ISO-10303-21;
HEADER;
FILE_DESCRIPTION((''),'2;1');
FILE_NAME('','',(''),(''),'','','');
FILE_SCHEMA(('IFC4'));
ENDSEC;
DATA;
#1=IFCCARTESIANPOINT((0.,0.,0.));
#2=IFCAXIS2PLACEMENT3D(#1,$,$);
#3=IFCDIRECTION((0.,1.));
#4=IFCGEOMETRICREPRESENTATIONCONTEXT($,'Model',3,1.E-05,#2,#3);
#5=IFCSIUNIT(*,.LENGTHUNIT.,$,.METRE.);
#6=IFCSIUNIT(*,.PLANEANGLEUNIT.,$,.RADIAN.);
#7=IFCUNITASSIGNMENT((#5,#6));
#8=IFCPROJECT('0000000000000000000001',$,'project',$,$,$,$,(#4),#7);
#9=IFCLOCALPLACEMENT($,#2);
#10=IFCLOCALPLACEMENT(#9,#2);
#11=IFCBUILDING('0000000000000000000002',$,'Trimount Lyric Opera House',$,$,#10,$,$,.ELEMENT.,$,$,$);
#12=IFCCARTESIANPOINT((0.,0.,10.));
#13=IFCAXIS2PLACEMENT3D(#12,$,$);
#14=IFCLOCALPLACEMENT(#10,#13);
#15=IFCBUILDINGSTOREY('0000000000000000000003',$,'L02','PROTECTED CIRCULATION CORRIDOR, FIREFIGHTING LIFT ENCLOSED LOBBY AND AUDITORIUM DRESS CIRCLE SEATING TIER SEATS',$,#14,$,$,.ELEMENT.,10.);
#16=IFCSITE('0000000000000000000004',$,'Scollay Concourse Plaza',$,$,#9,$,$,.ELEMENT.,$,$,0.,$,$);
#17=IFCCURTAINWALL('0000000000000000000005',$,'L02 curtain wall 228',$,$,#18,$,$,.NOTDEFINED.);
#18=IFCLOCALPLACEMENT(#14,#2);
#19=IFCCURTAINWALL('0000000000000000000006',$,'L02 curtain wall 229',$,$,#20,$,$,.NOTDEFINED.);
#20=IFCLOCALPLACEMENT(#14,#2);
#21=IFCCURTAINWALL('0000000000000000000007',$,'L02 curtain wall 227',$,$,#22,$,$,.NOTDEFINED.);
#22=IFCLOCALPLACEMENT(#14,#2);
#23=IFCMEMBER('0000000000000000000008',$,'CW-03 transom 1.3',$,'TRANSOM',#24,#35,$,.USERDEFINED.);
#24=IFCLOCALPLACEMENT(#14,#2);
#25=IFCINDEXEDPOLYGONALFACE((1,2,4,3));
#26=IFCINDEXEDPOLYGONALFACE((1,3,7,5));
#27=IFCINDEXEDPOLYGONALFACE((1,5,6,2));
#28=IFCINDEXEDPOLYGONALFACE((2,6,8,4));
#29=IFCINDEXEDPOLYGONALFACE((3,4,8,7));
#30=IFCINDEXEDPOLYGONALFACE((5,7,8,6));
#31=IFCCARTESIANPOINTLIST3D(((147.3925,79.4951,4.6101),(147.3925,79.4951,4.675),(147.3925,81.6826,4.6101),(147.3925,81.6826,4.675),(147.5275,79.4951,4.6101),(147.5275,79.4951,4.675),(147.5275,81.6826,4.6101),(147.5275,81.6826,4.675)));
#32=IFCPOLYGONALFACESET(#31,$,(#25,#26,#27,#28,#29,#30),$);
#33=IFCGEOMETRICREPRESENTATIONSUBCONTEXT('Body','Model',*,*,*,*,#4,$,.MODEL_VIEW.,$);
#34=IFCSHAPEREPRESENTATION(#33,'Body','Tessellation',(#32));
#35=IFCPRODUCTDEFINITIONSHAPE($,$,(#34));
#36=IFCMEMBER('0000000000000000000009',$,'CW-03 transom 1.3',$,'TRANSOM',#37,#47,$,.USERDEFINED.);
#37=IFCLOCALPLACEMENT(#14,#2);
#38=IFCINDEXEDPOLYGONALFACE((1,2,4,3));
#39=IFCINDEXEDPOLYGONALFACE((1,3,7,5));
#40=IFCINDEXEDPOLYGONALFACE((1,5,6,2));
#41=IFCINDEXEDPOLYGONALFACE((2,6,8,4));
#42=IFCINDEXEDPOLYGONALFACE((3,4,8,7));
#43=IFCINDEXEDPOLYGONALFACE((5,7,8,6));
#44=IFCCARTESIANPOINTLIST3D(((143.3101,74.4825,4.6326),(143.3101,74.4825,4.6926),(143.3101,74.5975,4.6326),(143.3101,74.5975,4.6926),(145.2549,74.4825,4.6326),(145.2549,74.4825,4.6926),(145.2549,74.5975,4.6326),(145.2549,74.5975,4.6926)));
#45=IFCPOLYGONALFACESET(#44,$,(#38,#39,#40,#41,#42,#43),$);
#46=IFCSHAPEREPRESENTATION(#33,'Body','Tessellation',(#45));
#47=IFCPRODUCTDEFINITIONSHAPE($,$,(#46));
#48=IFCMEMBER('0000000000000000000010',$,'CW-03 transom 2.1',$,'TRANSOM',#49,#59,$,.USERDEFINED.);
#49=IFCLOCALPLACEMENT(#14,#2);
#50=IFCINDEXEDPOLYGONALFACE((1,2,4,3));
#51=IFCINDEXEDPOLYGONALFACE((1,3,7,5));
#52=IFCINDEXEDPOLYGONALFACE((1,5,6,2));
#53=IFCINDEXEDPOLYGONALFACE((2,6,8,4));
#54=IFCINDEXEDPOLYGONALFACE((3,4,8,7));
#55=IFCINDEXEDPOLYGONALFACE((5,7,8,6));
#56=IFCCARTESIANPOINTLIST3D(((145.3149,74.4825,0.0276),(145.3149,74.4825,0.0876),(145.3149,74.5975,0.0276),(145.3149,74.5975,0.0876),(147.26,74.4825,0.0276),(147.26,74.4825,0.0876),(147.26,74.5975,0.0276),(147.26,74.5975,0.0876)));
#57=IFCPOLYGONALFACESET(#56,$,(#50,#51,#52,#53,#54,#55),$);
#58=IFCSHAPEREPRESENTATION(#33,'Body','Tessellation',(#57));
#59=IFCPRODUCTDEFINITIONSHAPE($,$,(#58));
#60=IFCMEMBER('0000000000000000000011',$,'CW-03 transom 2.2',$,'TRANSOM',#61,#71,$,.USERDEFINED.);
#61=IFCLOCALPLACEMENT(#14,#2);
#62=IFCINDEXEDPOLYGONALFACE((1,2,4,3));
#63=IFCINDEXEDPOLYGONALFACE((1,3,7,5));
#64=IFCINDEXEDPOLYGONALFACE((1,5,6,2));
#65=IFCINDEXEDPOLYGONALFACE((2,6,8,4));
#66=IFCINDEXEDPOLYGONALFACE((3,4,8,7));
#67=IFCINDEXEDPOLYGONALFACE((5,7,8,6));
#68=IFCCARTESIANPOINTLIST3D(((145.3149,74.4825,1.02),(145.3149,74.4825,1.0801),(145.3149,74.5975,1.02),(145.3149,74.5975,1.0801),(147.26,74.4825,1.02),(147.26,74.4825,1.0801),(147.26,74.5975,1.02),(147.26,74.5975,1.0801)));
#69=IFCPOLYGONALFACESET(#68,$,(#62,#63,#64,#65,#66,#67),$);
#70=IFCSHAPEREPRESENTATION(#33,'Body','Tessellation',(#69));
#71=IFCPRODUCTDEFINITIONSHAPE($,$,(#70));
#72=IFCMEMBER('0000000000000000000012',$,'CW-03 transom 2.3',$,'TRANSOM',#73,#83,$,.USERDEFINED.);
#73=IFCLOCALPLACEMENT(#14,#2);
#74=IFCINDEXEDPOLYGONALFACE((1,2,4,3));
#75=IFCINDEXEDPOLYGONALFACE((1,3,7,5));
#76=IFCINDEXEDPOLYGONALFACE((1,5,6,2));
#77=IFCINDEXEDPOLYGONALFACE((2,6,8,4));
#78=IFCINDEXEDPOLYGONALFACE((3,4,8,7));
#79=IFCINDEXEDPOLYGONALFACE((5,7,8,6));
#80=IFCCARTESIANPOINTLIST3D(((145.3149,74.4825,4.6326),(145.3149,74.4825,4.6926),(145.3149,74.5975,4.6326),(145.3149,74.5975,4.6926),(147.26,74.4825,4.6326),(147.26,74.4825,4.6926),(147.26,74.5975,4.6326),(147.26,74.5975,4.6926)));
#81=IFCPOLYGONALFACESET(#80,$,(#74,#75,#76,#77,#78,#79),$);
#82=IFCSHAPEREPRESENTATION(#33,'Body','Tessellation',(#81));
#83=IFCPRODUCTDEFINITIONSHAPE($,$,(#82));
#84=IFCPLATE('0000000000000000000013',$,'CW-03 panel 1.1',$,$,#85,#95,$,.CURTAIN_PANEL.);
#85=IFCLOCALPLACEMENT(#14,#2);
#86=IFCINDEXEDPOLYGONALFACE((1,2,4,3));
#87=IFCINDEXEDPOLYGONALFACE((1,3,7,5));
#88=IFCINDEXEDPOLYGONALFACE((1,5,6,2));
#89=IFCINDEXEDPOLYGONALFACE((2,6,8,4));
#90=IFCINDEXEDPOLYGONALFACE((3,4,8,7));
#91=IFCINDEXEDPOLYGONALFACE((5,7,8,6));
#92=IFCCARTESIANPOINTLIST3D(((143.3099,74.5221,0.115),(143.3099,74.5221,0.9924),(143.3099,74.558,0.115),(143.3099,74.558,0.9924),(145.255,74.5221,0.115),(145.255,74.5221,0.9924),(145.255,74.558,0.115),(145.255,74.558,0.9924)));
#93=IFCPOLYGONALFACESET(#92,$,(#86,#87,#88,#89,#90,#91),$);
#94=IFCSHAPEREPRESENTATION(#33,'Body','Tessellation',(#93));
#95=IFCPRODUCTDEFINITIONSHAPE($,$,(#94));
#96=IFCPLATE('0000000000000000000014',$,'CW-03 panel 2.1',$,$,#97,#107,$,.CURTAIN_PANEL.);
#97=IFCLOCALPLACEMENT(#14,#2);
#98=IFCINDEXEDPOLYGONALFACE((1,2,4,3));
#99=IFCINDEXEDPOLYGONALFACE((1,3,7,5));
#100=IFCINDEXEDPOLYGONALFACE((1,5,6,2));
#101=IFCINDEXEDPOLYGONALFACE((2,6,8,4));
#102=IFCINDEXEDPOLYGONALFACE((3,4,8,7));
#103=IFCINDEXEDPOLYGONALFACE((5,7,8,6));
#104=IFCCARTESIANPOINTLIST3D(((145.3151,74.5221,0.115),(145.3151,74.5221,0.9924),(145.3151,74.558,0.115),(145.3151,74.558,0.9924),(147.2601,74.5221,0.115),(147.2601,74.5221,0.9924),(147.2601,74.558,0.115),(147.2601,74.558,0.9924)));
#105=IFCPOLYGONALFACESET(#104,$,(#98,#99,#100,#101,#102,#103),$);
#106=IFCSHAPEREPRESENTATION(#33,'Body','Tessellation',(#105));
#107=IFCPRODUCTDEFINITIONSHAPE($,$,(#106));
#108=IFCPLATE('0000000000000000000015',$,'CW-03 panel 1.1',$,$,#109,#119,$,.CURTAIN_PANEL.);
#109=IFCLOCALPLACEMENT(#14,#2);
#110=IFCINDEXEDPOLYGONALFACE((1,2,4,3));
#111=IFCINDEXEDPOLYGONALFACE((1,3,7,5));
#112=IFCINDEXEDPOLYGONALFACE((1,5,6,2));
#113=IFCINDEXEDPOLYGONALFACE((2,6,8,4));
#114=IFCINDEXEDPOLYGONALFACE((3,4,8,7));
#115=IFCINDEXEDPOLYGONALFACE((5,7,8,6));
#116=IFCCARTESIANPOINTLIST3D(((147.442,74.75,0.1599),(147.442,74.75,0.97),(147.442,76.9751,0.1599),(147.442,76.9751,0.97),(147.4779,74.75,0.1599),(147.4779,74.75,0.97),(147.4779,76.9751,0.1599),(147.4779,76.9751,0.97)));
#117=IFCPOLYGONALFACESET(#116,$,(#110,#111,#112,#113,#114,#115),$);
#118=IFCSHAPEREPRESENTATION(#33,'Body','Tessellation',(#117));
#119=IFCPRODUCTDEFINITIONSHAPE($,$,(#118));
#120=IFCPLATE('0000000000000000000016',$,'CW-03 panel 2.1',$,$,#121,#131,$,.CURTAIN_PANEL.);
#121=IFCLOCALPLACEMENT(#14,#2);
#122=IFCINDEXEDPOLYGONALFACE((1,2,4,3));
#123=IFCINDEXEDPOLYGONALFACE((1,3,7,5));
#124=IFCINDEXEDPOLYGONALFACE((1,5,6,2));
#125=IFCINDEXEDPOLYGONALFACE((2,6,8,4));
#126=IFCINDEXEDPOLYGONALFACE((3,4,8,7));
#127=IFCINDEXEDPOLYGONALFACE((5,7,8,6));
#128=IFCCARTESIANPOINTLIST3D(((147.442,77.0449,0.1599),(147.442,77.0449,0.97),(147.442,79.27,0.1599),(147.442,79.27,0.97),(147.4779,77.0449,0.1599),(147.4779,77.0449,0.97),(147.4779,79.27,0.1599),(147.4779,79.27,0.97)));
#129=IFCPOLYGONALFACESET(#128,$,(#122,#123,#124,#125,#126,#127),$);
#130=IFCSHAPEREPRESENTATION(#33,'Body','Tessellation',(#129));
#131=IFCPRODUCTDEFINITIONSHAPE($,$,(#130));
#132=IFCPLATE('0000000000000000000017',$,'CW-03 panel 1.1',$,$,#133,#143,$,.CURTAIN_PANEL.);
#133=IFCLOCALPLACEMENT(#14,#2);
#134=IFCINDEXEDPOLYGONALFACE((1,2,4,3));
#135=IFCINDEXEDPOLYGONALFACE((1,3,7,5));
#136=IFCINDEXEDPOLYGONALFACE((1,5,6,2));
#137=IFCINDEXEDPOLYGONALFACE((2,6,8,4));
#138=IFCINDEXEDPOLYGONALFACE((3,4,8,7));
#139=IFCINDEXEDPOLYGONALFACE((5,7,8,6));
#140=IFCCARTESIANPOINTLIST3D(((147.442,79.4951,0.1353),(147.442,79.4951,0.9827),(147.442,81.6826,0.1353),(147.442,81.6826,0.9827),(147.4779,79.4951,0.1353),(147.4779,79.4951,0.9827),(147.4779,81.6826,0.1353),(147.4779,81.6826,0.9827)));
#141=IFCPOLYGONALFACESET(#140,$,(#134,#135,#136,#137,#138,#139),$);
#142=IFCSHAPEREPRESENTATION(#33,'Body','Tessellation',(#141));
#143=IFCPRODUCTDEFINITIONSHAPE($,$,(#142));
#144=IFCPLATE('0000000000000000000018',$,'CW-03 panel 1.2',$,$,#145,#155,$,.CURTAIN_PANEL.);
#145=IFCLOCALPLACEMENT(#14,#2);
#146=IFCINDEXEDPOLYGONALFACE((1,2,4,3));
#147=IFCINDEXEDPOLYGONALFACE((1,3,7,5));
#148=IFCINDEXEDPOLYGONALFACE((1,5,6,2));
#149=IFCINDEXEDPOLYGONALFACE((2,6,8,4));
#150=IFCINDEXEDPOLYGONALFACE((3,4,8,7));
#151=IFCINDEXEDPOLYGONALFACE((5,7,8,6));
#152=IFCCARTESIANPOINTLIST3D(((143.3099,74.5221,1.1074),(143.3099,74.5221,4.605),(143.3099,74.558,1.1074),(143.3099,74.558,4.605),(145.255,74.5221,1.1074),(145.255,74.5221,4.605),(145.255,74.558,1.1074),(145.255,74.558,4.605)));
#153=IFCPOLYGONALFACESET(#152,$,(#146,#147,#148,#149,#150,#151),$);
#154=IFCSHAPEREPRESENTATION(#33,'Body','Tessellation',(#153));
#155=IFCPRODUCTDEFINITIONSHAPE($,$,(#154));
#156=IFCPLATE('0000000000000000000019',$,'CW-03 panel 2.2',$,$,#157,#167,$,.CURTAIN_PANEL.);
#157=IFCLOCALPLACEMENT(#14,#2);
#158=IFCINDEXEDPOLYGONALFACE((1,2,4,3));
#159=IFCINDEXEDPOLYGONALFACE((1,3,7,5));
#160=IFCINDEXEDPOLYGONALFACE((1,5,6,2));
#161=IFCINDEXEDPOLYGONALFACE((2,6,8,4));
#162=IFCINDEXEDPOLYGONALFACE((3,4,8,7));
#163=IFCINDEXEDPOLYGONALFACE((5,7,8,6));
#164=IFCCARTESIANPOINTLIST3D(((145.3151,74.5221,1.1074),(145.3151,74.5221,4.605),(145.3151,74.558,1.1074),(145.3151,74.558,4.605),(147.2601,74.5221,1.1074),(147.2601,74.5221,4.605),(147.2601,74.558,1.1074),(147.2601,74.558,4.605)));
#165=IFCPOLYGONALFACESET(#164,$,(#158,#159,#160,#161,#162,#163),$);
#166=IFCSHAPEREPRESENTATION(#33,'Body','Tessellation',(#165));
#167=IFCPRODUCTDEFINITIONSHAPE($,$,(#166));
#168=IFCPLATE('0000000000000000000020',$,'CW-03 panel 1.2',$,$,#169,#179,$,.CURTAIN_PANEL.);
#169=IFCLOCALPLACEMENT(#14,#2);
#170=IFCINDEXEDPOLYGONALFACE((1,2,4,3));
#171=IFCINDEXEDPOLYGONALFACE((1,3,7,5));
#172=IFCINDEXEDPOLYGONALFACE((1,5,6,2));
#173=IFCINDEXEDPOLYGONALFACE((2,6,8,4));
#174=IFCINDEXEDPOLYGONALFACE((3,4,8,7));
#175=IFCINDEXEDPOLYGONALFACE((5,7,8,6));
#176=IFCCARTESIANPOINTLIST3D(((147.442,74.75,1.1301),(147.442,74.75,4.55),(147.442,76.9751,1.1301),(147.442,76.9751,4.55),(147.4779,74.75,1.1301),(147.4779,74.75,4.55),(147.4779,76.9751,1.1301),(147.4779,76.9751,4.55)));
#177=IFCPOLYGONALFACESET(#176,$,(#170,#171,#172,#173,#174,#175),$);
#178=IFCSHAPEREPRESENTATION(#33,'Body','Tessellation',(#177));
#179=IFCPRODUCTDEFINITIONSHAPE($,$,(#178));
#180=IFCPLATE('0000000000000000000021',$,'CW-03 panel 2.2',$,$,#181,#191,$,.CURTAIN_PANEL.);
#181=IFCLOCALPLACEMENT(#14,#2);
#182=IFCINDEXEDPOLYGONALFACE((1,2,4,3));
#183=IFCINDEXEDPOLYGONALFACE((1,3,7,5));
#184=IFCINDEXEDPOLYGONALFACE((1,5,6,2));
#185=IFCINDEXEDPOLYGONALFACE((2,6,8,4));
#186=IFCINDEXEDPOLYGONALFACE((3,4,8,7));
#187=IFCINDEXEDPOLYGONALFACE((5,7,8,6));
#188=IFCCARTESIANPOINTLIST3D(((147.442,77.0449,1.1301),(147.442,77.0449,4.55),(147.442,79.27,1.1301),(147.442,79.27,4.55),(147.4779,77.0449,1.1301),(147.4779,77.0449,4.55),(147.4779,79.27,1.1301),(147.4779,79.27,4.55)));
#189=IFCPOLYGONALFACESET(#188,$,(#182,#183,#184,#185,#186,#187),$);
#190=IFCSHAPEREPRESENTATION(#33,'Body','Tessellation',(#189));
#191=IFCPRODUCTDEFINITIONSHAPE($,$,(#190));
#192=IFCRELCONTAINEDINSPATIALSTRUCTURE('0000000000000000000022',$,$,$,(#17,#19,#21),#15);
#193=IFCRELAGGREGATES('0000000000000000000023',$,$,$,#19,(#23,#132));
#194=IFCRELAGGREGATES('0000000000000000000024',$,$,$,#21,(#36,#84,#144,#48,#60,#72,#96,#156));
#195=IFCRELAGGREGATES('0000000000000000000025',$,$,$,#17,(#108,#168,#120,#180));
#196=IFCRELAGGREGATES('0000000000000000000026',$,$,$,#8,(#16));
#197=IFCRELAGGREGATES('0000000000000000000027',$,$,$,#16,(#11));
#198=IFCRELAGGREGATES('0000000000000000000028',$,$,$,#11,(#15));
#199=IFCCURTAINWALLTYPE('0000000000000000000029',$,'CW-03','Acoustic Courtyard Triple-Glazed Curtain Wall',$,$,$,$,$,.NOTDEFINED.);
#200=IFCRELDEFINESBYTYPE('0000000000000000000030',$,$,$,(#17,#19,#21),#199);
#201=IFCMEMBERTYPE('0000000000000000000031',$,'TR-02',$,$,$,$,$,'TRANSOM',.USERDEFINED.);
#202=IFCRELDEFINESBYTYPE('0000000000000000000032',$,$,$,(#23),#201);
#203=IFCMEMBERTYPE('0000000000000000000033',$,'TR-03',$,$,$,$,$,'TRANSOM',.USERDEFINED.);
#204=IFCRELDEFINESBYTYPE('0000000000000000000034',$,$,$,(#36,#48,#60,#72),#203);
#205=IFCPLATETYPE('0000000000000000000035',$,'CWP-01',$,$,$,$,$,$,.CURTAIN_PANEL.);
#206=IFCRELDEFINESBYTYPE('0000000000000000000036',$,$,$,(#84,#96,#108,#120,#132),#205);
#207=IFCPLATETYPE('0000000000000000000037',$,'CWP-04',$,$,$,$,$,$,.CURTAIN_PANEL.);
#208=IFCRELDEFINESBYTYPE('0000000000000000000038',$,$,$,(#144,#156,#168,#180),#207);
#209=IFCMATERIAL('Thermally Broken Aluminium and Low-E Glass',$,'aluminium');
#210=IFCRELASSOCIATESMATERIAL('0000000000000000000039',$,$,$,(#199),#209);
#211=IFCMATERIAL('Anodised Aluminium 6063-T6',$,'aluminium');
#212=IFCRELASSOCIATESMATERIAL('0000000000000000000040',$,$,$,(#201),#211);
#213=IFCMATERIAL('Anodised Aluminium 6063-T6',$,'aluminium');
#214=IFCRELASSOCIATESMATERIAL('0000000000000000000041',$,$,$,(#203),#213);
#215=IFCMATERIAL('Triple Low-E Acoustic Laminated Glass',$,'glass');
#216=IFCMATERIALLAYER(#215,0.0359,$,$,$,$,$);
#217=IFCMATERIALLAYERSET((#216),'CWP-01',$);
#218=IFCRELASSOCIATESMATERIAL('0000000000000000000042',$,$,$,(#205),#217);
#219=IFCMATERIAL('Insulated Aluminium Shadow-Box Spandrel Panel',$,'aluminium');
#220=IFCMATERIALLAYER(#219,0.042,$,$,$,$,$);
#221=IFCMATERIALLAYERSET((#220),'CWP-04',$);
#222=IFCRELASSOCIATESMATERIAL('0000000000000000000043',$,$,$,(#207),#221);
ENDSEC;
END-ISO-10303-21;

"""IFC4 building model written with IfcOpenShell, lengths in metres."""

from ifc_helpers import new_model, si_unit, direction, frame, origin, origin_2d, place, context, subcontext, project, spatial, rectangle, extrude, material, layer, layer_set, material_profile, profile_set, type_object, element, aggregate, save


model = new_model("IFC4")

# Units and contexts
model_context = context("Model", 3, precision=1e-05, world=origin(), true_north=direction((0.0, 1.0)))
body_context = subcontext(model_context, "Body", "Model", "MODEL_VIEW")
ifc_project = project(units=[si_unit("LENGTHUNIT", "METRE"), si_unit("PLANEANGLEUNIT", "RADIAN")], contexts=[model_context])

# Site, building, storey
site_placement = place(None, origin())
site = spatial("IfcSite", under=ifc_project, at=site_placement, Name="Scollay Concourse Plaza", CompositionType="ELEMENT", RefElevation=0.0)
building_placement = place(site_placement, origin())
building = spatial("IfcBuilding", under=site, at=building_placement, Name="Trimount Lyric Opera House", CompositionType="ELEMENT")
storey_placement = place(building_placement, frame((0.0, 0.0, 10.0)))
storey = spatial("IfcBuildingStorey", under=building, at=storey_placement, Name="L02", Description="PROTECTED CIRCULATION CORRIDOR, FIREFIGHTING LIFT ENCLOSED LOBBY AND AUDITORIUM DRESS CIRCLE SEATING TIER SEATS", CompositionType="ELEMENT", Elevation=10.0)

# Curtain wall
ifc_material_1 = material(Name="Thermally Broken Aluminium and Low-E Glass", Category="aluminium")
curtain_wall_type = type_object("IfcCurtainWallType", Name="CW-03", Description="Acoustic Courtyard Triple-Glazed Curtain Wall", PredefinedType="NOTDEFINED", material=ifc_material_1)
curtain_wall_1_placement = place(storey_placement, origin())
curtain_wall_1 = element("IfcCurtainWall", 1, at=curtain_wall_1_placement, inside=storey, type_object=curtain_wall_type, Name="L02 curtain wall 228", PredefinedType="NOTDEFINED")

# Curtain wall
curtain_wall_2_placement = place(storey_placement, origin())
curtain_wall_2 = element("IfcCurtainWall", 2, at=curtain_wall_2_placement, inside=storey, type_object=curtain_wall_type, Name="L02 curtain wall 229", PredefinedType="NOTDEFINED")

# Curtain wall
curtain_wall_3_placement = place(storey_placement, origin())
curtain_wall_3 = element("IfcCurtainWall", 3, at=curtain_wall_3_placement, inside=storey, type_object=curtain_wall_type, Name="L02 curtain wall 227", PredefinedType="NOTDEFINED")

# Members
ifc_material_2 = material(Name="Anodised Aluminium 6063-T6", Category="aluminium")
ifc_material_profile_1 = material_profile(ifc_material_2, rectangle(XDim=0.135, YDim=0.0649, at=origin_2d()), Name="ALU-TRAN-65X135")
ifc_profile_set_1 = profile_set([ifc_material_profile_1], Name="Anodised Aluminium 6063-T6")
member_type_1 = type_object("IfcMemberType", Name="TR-02", ElementType="TRANSOM", PredefinedType="USERDEFINED", material=ifc_profile_set_1)
member_1_placement = place(storey_placement, frame((147.46, 79.4951, 4.6426), z_axis=(0.0, 1.0, 0.0), x_axis=(-1.0, 0.0, 0.0)))
member_1 = element("IfcMember", 4, at=member_1_placement, type_object=member_type_1, Name="CW-03 transom 1.3", ObjectType="TRANSOM", PredefinedType="USERDEFINED", context=body_context, shape_type="SweptSolid", body=[
    extrude(rectangle(XDim=0.135, YDim=0.0649, at=origin_2d()), origin(), (0.0, 0.0, 1.0), 2.1875),
])
ifc_material_3 = material(Name="Anodised Aluminium 6063-T6", Category="aluminium")
ifc_material_profile_2 = material_profile(ifc_material_3, rectangle(XDim=0.115, YDim=0.0601, at=origin_2d()), Name="ALU-TRAN-60X115")
ifc_profile_set_2 = profile_set([ifc_material_profile_2], Name="Anodised Aluminium 6063-T6")
member_type_2 = type_object("IfcMemberType", Name="TR-03", ElementType="TRANSOM", PredefinedType="USERDEFINED", material=ifc_profile_set_2)
member_2_placement = place(storey_placement, frame((143.3101, 74.54, 4.6626), z_axis=(1.0, 0.0, 0.0), x_axis=(0.0, 1.0, 0.0)))
member_2 = element("IfcMember", 5, at=member_2_placement, type_object=member_type_2, Name="CW-03 transom 1.3", ObjectType="TRANSOM", PredefinedType="USERDEFINED", context=body_context, shape_type="SweptSolid", body=[
    extrude(rectangle(XDim=0.115, YDim=0.0601, at=origin_2d()), origin(), (0.0, 0.0, 1.0), 1.9448),
])
member_3_placement = place(storey_placement, frame((145.3149, 74.54, 0.0576), z_axis=(1.0, 0.0, 0.0), x_axis=(0.0, 1.0, 0.0)))
member_3 = element("IfcMember", 6, at=member_3_placement, type_object=member_type_2, Name="CW-03 transom 2.1", ObjectType="TRANSOM", PredefinedType="USERDEFINED", context=body_context, shape_type="SweptSolid", body=[
    extrude(rectangle(XDim=0.115, YDim=0.0601, at=origin_2d()), origin(), (0.0, 0.0, 1.0), 1.9451),
])
member_4_placement = place(storey_placement, frame((145.3149, 74.54, 1.05), z_axis=(1.0, 0.0, 0.0), x_axis=(0.0, 1.0, 0.0)))
member_4 = element("IfcMember", 7, at=member_4_placement, type_object=member_type_2, Name="CW-03 transom 2.2", ObjectType="TRANSOM", PredefinedType="USERDEFINED", context=body_context, shape_type="SweptSolid", body=[
    extrude(rectangle(XDim=0.115, YDim=0.0601, at=origin_2d()), origin(), (0.0, 0.0, 1.0), 1.9451),
])
member_5_placement = place(storey_placement, frame((145.3149, 74.54, 4.6626), z_axis=(1.0, 0.0, 0.0), x_axis=(0.0, 1.0, 0.0)))
member_5 = element("IfcMember", 8, at=member_5_placement, type_object=member_type_2, Name="CW-03 transom 2.3", ObjectType="TRANSOM", PredefinedType="USERDEFINED", context=body_context, shape_type="SweptSolid", body=[
    extrude(rectangle(XDim=0.115, YDim=0.0601, at=origin_2d()), origin(), (0.0, 0.0, 1.0), 1.9451),
])

# Plates
ifc_material_4 = material(Name="Triple Low-E Acoustic Laminated Glass", Category="glass")
ifc_layer_1 = layer(ifc_material_4, 0.0359)
ifc_layer_set_1 = layer_set([ifc_layer_1], Name="CWP-01")
plate_type_1 = type_object("IfcPlateType", Name="CWP-01", PredefinedType="CURTAIN_PANEL", material=ifc_layer_set_1)
plate_1_placement = place(storey_placement, frame((144.2825, 74.54, 0.115), z_axis=(0.0, 0.0, 1.0), x_axis=(1.0, 0.0, 0.0)))
plate_1 = element("IfcPlate", 9, at=plate_1_placement, type_object=plate_type_1, Name="CW-03 panel 1.1", PredefinedType="CURTAIN_PANEL", context=body_context, shape_type="SweptSolid", body=[
    extrude(rectangle(XDim=1.9451, YDim=0.0359, at=origin_2d()), origin(), (0.0, 0.0, 1.0), 0.8774),
])
plate_2_placement = place(storey_placement, frame((146.2876, 74.54, 0.115), z_axis=(0.0, 0.0, 1.0), x_axis=(1.0, 0.0, 0.0)))
plate_2 = element("IfcPlate", 10, at=plate_2_placement, type_object=plate_type_1, Name="CW-03 panel 2.1", PredefinedType="CURTAIN_PANEL", context=body_context, shape_type="SweptSolid", body=[
    extrude(rectangle(XDim=1.9451, YDim=0.0359, at=origin_2d()), origin(), (0.0, 0.0, 1.0), 0.8774),
])
plate_3_placement = place(storey_placement, frame((147.46, 75.8625, 0.1599), z_axis=(0.0, 0.0, 1.0), x_axis=(0.0, 1.0, 0.0)))
plate_3 = element("IfcPlate", 11, at=plate_3_placement, type_object=plate_type_1, Name="CW-03 panel 1.1", PredefinedType="CURTAIN_PANEL", context=body_context, shape_type="SweptSolid", body=[
    extrude(rectangle(XDim=2.2251, YDim=0.0359, at=origin_2d()), origin(), (0.0, 0.0, 1.0), 0.8101),
])
plate_4_placement = place(storey_placement, frame((147.46, 78.1575, 0.1599), z_axis=(0.0, 0.0, 1.0), x_axis=(0.0, 1.0, 0.0)))
plate_4 = element("IfcPlate", 12, at=plate_4_placement, type_object=plate_type_1, Name="CW-03 panel 2.1", PredefinedType="CURTAIN_PANEL", context=body_context, shape_type="SweptSolid", body=[
    extrude(rectangle(XDim=2.2251, YDim=0.0359, at=origin_2d()), origin(), (0.0, 0.0, 1.0), 0.8101),
])
plate_5_placement = place(storey_placement, frame((147.46, 80.5889, 0.1353), z_axis=(0.0, 0.0, 1.0), x_axis=(0.0, 1.0, 0.0)))
plate_5 = element("IfcPlate", 13, at=plate_5_placement, type_object=plate_type_1, Name="CW-03 panel 1.1", PredefinedType="CURTAIN_PANEL", context=body_context, shape_type="SweptSolid", body=[
    extrude(rectangle(XDim=2.1875, YDim=0.0359, at=origin_2d()), origin(), (0.0, 0.0, 1.0), 0.8474),
])
aggregate(curtain_wall_2, [member_1, plate_5])
ifc_material_5 = material(Name="Insulated Aluminium Shadow-Box Spandrel Panel", Category="aluminium")
ifc_layer_2 = layer(ifc_material_5, 0.042)
ifc_layer_set_2 = layer_set([ifc_layer_2], Name="CWP-04")
plate_type_2 = type_object("IfcPlateType", Name="CWP-04", PredefinedType="CURTAIN_PANEL", material=ifc_layer_set_2)
plate_6_placement = place(storey_placement, frame((144.2825, 74.54, 1.1074), z_axis=(0.0, 0.0, 1.0), x_axis=(1.0, 0.0, 0.0)))
plate_6 = element("IfcPlate", 14, at=plate_6_placement, type_object=plate_type_2, Name="CW-03 panel 1.2", PredefinedType="CURTAIN_PANEL", context=body_context, shape_type="SweptSolid", body=[
    extrude(rectangle(XDim=1.9451, YDim=0.0359, at=origin_2d()), origin(), (0.0, 0.0, 1.0), 3.4976),
])
plate_7_placement = place(storey_placement, frame((146.2876, 74.54, 1.1074), z_axis=(0.0, 0.0, 1.0), x_axis=(1.0, 0.0, 0.0)))
plate_7 = element("IfcPlate", 15, at=plate_7_placement, type_object=plate_type_2, Name="CW-03 panel 2.2", PredefinedType="CURTAIN_PANEL", context=body_context, shape_type="SweptSolid", body=[
    extrude(rectangle(XDim=1.9451, YDim=0.0359, at=origin_2d()), origin(), (0.0, 0.0, 1.0), 3.4976),
])
aggregate(curtain_wall_3, [member_2, plate_1, plate_6, member_3, member_4, member_5, plate_2, plate_7])
plate_8_placement = place(storey_placement, frame((147.46, 75.8625, 1.1301), z_axis=(0.0, 0.0, 1.0), x_axis=(0.0, 1.0, 0.0)))
plate_8 = element("IfcPlate", 16, at=plate_8_placement, type_object=plate_type_2, Name="CW-03 panel 1.2", PredefinedType="CURTAIN_PANEL", context=body_context, shape_type="SweptSolid", body=[
    extrude(rectangle(XDim=2.2251, YDim=0.0359, at=origin_2d()), origin(), (0.0, 0.0, 1.0), 3.4199),
])
plate_9_placement = place(storey_placement, frame((147.46, 78.1575, 1.1301), z_axis=(0.0, 0.0, 1.0), x_axis=(0.0, 1.0, 0.0)))
plate_9 = element("IfcPlate", 17, at=plate_9_placement, type_object=plate_type_2, Name="CW-03 panel 2.2", PredefinedType="CURTAIN_PANEL", context=body_context, shape_type="SweptSolid", body=[
    extrude(rectangle(XDim=2.2251, YDim=0.0359, at=origin_2d()), origin(), (0.0, 0.0, 1.0), 3.4199),
])
aggregate(curtain_wall_1, [plate_3, plate_8, plate_4, plate_9])

save(model, "model.ifc")
